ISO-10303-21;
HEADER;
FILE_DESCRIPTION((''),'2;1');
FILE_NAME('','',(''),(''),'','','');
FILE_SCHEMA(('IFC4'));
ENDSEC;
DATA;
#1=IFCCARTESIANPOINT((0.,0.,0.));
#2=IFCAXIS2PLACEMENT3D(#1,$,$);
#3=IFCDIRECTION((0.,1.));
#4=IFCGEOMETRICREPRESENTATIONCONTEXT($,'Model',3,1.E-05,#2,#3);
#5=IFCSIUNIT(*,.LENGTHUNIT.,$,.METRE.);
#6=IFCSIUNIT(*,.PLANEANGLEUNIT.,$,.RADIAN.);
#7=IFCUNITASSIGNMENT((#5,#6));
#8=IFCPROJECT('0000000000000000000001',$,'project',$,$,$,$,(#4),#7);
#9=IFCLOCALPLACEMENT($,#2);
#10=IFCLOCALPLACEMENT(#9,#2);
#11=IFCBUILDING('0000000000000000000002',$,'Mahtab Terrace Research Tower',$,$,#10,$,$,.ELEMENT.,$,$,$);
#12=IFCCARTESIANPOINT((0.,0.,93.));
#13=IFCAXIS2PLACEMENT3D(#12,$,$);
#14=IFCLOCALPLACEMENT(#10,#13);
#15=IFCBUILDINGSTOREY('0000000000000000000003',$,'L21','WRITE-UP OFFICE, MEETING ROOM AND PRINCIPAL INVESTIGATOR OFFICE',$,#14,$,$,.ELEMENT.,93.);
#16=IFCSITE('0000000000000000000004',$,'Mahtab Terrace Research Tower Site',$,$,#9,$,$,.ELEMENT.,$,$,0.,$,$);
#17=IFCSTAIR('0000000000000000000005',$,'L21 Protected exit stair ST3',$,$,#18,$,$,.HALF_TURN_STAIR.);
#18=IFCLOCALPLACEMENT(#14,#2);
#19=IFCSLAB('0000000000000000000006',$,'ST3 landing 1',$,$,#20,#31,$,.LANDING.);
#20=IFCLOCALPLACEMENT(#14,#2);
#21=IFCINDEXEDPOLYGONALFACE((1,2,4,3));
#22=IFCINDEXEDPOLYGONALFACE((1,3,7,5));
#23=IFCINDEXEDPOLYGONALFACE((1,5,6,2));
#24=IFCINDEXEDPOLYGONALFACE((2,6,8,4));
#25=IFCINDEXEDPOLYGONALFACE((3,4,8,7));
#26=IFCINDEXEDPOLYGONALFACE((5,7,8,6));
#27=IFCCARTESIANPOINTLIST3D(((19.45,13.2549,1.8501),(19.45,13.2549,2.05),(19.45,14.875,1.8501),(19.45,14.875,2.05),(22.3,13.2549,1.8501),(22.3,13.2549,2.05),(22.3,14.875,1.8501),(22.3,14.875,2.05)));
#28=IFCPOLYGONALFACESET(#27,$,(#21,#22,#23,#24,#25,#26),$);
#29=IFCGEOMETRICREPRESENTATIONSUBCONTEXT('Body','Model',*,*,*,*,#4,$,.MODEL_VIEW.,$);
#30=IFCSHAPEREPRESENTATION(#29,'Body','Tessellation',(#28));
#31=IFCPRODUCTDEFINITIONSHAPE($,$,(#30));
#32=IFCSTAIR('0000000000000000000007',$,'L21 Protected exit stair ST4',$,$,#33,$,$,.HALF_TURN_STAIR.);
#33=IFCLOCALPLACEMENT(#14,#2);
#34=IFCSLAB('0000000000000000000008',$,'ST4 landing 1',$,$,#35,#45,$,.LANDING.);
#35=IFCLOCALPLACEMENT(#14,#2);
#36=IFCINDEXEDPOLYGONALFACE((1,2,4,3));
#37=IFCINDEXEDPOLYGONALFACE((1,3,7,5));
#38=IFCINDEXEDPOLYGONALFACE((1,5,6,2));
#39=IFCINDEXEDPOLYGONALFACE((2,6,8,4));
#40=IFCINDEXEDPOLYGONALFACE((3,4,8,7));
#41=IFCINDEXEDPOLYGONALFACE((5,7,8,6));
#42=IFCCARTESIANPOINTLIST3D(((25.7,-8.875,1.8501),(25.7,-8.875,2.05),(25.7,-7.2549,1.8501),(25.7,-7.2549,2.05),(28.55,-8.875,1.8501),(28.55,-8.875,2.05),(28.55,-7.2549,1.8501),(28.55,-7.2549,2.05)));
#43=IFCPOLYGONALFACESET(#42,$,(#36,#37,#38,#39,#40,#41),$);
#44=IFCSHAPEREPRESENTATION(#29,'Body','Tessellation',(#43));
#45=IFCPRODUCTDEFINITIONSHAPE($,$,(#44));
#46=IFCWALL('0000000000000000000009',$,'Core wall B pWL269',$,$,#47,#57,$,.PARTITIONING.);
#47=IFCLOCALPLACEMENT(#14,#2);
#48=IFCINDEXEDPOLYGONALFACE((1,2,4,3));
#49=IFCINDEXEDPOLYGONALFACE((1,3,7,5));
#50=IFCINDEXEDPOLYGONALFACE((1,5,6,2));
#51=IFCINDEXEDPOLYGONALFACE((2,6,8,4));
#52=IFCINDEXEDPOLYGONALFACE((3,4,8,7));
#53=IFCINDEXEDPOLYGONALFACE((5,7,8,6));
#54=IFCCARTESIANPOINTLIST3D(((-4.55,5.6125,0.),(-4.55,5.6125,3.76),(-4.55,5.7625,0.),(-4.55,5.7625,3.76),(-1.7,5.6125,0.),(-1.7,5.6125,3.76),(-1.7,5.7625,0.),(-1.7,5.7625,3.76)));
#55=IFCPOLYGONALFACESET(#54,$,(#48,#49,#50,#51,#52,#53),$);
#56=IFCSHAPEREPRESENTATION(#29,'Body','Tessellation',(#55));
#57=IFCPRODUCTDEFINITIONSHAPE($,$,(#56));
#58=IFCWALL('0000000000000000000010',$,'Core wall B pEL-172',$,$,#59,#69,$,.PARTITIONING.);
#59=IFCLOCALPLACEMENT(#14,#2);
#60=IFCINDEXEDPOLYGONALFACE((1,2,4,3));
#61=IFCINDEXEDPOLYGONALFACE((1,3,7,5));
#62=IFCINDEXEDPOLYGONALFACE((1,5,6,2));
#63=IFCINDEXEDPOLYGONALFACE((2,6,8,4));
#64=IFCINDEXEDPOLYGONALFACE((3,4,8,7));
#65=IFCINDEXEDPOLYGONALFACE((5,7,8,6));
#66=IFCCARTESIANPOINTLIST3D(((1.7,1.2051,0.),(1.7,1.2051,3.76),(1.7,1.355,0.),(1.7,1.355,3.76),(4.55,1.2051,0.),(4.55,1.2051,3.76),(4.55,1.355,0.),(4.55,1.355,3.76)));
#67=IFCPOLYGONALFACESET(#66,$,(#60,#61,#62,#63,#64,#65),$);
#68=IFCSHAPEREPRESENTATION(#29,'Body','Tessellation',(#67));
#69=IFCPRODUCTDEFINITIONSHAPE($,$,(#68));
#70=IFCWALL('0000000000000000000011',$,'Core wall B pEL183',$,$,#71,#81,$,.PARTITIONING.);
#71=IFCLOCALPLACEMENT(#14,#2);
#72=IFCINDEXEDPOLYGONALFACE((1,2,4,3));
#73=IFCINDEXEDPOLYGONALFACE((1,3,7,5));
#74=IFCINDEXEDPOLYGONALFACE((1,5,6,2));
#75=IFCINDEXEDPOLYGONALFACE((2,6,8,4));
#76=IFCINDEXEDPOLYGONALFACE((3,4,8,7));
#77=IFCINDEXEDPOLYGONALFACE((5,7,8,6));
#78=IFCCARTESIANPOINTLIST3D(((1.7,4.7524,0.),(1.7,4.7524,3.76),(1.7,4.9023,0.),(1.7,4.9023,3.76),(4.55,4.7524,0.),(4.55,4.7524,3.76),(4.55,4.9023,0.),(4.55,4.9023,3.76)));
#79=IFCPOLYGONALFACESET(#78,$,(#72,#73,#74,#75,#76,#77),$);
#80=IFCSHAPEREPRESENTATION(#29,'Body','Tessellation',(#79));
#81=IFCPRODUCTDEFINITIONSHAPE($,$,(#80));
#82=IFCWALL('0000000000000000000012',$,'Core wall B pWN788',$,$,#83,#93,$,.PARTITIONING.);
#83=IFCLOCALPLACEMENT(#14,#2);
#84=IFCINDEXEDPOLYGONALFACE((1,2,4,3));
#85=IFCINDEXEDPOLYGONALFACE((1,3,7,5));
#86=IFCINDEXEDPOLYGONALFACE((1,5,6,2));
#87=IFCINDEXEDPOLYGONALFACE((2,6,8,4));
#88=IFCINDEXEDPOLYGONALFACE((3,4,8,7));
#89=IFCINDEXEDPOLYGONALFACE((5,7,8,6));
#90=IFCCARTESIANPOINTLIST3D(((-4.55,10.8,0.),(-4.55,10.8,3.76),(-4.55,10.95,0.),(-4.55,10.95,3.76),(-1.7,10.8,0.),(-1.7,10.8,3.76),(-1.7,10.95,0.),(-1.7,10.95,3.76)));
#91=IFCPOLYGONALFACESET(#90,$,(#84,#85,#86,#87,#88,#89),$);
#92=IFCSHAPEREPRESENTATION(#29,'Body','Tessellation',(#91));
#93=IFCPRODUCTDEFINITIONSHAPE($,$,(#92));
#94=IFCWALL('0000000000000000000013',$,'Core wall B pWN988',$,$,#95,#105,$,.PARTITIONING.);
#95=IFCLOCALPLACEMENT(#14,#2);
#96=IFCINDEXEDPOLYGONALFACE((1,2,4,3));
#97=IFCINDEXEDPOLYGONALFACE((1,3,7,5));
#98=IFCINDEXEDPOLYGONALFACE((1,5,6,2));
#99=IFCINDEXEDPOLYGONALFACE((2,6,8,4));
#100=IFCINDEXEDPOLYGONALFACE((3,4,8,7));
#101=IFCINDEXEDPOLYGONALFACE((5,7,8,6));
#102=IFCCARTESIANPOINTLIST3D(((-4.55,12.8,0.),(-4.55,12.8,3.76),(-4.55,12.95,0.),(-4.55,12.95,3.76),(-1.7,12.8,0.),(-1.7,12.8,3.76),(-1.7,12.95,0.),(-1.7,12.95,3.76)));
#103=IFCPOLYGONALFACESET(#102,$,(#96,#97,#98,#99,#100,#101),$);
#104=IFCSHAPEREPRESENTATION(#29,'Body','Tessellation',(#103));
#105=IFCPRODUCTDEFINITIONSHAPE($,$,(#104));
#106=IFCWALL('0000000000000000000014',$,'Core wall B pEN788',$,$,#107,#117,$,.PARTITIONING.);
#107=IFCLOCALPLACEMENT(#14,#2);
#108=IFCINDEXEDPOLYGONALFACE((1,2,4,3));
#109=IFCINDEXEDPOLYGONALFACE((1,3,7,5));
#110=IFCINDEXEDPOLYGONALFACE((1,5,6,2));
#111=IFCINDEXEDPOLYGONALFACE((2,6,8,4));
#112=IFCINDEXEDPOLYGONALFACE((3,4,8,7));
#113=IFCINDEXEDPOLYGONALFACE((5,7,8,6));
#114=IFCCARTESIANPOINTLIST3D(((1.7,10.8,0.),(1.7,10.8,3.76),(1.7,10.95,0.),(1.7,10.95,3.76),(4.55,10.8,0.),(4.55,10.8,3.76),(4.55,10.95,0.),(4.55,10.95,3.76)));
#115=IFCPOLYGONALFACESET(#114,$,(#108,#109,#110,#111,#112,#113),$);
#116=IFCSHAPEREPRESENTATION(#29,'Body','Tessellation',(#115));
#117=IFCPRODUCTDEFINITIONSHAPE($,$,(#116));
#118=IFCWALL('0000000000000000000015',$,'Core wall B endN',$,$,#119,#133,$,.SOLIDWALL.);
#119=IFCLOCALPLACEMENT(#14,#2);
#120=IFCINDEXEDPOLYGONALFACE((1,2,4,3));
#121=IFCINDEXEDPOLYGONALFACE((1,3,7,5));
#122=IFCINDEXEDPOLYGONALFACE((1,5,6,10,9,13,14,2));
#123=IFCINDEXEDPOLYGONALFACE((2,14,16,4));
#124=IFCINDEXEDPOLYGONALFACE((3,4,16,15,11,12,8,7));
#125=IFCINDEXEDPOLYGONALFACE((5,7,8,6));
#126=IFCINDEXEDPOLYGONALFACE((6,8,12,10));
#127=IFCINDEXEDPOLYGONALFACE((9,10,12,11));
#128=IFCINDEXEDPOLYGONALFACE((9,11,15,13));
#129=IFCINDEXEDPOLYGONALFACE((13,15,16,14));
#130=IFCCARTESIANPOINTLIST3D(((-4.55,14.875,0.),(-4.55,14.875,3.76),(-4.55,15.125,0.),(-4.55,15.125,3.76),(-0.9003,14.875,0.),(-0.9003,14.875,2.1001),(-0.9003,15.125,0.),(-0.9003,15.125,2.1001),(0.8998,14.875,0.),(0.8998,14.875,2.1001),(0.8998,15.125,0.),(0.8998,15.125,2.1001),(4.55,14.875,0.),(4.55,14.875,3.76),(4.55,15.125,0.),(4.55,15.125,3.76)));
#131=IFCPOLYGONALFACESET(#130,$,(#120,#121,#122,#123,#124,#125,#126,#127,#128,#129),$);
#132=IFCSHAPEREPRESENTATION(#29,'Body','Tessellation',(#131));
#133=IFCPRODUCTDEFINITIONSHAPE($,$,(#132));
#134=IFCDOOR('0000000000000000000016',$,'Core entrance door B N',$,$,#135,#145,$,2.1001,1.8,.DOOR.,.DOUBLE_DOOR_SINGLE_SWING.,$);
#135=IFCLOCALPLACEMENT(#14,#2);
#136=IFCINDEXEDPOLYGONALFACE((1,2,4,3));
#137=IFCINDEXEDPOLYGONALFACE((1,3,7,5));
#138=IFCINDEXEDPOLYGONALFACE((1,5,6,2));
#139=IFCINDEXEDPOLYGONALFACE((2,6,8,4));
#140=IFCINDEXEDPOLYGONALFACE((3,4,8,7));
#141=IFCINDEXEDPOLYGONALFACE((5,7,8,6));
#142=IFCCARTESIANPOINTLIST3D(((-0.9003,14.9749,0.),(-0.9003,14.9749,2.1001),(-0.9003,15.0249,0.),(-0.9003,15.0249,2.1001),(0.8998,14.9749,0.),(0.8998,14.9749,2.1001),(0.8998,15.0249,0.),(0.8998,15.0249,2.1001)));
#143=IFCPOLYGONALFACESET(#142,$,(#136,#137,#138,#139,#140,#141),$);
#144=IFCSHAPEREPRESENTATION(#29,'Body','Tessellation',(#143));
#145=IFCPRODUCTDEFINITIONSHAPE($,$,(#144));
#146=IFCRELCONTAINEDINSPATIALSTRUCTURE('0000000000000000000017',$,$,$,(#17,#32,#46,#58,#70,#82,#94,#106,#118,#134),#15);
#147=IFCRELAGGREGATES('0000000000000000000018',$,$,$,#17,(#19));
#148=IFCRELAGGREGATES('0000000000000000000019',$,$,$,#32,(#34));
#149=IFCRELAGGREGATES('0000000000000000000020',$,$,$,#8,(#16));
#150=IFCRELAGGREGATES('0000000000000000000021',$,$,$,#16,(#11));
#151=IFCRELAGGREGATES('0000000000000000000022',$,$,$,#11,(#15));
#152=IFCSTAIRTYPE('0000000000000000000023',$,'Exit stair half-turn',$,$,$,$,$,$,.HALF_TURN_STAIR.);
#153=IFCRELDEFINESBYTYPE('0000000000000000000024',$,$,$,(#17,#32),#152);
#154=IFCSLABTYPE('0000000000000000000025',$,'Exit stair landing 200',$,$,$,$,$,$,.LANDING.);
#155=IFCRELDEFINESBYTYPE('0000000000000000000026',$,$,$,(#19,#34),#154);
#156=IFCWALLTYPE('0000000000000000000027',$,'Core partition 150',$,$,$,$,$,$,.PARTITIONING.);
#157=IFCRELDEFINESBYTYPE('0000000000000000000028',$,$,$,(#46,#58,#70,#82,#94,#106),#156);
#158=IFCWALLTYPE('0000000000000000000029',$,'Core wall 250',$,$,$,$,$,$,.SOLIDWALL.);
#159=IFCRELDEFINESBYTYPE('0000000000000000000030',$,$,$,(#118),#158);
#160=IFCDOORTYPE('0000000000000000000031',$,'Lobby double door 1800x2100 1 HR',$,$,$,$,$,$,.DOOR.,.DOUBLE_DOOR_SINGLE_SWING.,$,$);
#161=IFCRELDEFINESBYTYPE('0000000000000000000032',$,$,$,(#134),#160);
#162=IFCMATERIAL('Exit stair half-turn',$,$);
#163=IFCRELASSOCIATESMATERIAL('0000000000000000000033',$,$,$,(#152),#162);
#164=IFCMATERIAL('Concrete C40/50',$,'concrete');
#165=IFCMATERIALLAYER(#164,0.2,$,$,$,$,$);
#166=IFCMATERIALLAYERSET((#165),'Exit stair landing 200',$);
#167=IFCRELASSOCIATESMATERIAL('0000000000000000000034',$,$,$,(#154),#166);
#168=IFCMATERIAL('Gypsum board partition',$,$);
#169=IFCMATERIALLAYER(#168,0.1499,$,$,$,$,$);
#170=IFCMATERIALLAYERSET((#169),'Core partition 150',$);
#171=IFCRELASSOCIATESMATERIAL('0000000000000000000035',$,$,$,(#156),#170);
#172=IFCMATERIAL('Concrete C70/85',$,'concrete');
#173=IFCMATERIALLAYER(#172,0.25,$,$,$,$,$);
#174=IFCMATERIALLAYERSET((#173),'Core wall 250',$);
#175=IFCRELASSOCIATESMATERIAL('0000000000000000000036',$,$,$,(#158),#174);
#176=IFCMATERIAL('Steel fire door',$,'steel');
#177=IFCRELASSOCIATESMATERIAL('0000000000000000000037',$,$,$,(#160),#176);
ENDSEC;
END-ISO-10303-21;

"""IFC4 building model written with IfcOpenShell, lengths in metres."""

from ifc_helpers import new_model, si_unit, direction, frame, frame_2d, origin, place, context, subcontext, project, spatial, polyline, rectangle, outline, extrude, material, layer, layer_set, type_object, element, fill, aggregate, save


model = new_model("IFC4")

# Units and contexts
model_context = context("Model", 3, precision=1e-05, world=origin(), true_north=direction((0.0, 1.0)))
body_context = subcontext(model_context, "Body", "Model", "MODEL_VIEW")
ifc_project = project(units=[si_unit("LENGTHUNIT", "METRE"), si_unit("PLANEANGLEUNIT", "RADIAN")], contexts=[model_context])

# Site, building, storey
site_placement = place(None, origin())
site = spatial("IfcSite", under=ifc_project, at=site_placement, Name="Mahtab Terrace Research Tower Site", CompositionType="ELEMENT", RefElevation=0.0)
building_placement = place(site_placement, origin())
building = spatial("IfcBuilding", under=site, at=building_placement, Name="Mahtab Terrace Research Tower", CompositionType="ELEMENT")
storey_placement = place(building_placement, frame((0.0, 0.0, 93.0)))
storey = spatial("IfcBuildingStorey", under=building, at=storey_placement, Name="L21", Description="WRITE-UP OFFICE, MEETING ROOM AND PRINCIPAL INVESTIGATOR OFFICE", CompositionType="ELEMENT", Elevation=93.0)

# Stairs, slabs
ifc_material_1 = material(Name="Exit stair half-turn")
stair_type = type_object("IfcStairType", Name="Exit stair half-turn", PredefinedType="HALF_TURN_STAIR", material=ifc_material_1)
stair_1_placement = place(storey_placement, origin())
stair_1 = element("IfcStair", 1, at=stair_1_placement, inside=storey, type_object=stair_type, Name="L21 Protected exit stair ST3", PredefinedType="HALF_TURN_STAIR")
ifc_material_2 = material(Name="Concrete C40/50", Category="concrete")
ifc_layer_1 = layer(ifc_material_2, 0.2)
ifc_layer_set_1 = layer_set([ifc_layer_1], Name="Exit stair landing 200")
slab_type = type_object("IfcSlabType", Name="Exit stair landing 200", PredefinedType="LANDING", material=ifc_layer_set_1)
slab_1_placement = place(storey_placement, frame((0.0, 0.0, 1.8501)))
slab_1 = element("IfcSlab", 2, at=slab_1_placement, type_object=slab_type, Name="ST3 landing 1", PredefinedType="LANDING", context=body_context, shape_type="SweptSolid", body=[
    extrude(outline(polyline([(22.3, 13.2549), (22.3, 14.875), (19.45, 14.875), (19.45, 13.2549), (22.3, 13.2549)])), origin(), (0.0, 0.0, 1.0), 0.2),
])
aggregate(stair_1, [slab_1])
stair_2_placement = place(storey_placement, origin())
stair_2 = element("IfcStair", 3, at=stair_2_placement, inside=storey, type_object=stair_type, Name="L21 Protected exit stair ST4", PredefinedType="HALF_TURN_STAIR")
slab_2_placement = place(storey_placement, frame((0.0, 0.0, 1.8501)))
slab_2 = element("IfcSlab", 4, at=slab_2_placement, type_object=slab_type, Name="ST4 landing 1", PredefinedType="LANDING", context=body_context, shape_type="SweptSolid", body=[
    extrude(outline(polyline([(25.7, -7.2549), (25.7, -8.875), (28.55, -8.875), (28.55, -7.2549), (25.7, -7.2549)])), origin(), (0.0, 0.0, 1.0), 0.2),
])
aggregate(stair_2, [slab_2])

# Walls
ifc_material_3 = material(Name="Gypsum board partition")
ifc_layer_2 = layer(ifc_material_3, 0.1499)
ifc_layer_set_2 = layer_set([ifc_layer_2], Name="Core partition 150")
wall_type_1 = type_object("IfcWallType", Name="Core partition 150", PredefinedType="PARTITIONING", material=ifc_layer_set_2)
for number, where, z_axis, x_axis, name in (
    (5, (-4.55, 5.6875, 0.0), (0.0, 0.0, 1.0), (1.0, 0.0, 0.0), "Core wall B pWL269"),
    (6, (1.7, 1.28, 0.0), (0.0, 0.0, 1.0), (1.0, 0.0, 0.0), "Core wall B pEL-172"),
    (7, (1.7, 4.8274, 0.0), (0.0, 0.0, 1.0), (1.0, 0.0, 0.0), "Core wall B pEL183"),
    (8, (-4.55, 10.875, 0.0), (0.0, 0.0, 1.0), (1.0, 0.0, 0.0), "Core wall B pWN788"),
    (9, (-4.55, 12.875, 0.0), (0.0, 0.0, 1.0), (1.0, 0.0, 0.0), "Core wall B pWN988"),
    (10, (1.7, 10.875, 0.0), (0.0, 0.0, 1.0), (1.0, 0.0, 0.0), "Core wall B pEN788"),
):
    element("IfcWall", number, at=place(storey_placement, frame(where, z_axis=z_axis, x_axis=x_axis)), inside=storey, type_object=wall_type_1, Name=name, PredefinedType="PARTITIONING", context=body_context, shape_type="SweptSolid", body=[
        extrude(rectangle(XDim=2.8501, YDim=0.1499, at=frame_2d((1.425, 0.0))), origin(), (0.0, 0.0, 1.0), 3.76),
    ])

# Wall, opening, door
ifc_material_4 = material(Name="Concrete C70/85", Category="concrete")
ifc_layer_3 = layer(ifc_material_4, 0.25)
ifc_layer_set_3 = layer_set([ifc_layer_3], Name="Core wall 250")
wall_type_2 = type_object("IfcWallType", Name="Core wall 250", PredefinedType="SOLIDWALL", material=ifc_layer_set_3)
wall_1_placement = place(storey_placement, frame((-4.55, 15.0, 0.0), z_axis=(0.0, 0.0, 1.0), x_axis=(1.0, 0.0, 0.0)))
wall_1 = element("IfcWall", 11, at=wall_1_placement, inside=storey, type_object=wall_type_2, Name="Core wall B endN", PredefinedType="SOLIDWALL", context=body_context, shape_type="SweptSolid", body=[
    extrude(rectangle(XDim=9.1001, YDim=0.25, at=frame_2d((4.55, 0.0))), origin(), (0.0, 0.0, 1.0), 3.76),
])
opening_1_placement = place(wall_1_placement, frame((3.6499, 0.0, 0.0)))
opening_1 = element("IfcOpeningElement", 12, at=opening_1_placement, cuts=wall_1, PredefinedType="OPENING", context=body_context, shape_type="SweptSolid", body=[
    extrude(rectangle(XDim=1.8, YDim=2.1001, at=frame_2d((0.8999, 1.05))), frame((0.0, 0.135, 0.0), z_axis=(0.0, -1.0, 0.0), x_axis=(1.0, 0.0, 0.0)), (0.0, 0.0, 1.0), 0.27),
])
ifc_material_5 = material(Name="Steel fire door", Category="steel")
door_type_1 = type_object("IfcDoorType", Name="Lobby double door 1800x2100 1 HR", OperationType="DOUBLE_DOOR_SINGLE_SWING", PredefinedType="DOOR", material=ifc_material_5)
door_1_placement = place(opening_1_placement, origin())
door_1 = element("IfcDoor", 13, at=door_1_placement, inside=storey, type_object=door_type_1, Name="Core entrance door B N", OperationType="DOUBLE_DOOR_SINGLE_SWING", OverallHeight=2.1001, OverallWidth=1.8, PredefinedType="DOOR", context=body_context, shape_type="SweptSolid", body=[
    extrude(rectangle(XDim=1.8, YDim=2.1001, at=frame_2d((0.8999, 1.05))), frame((0.0, 0.0249, 0.0), z_axis=(0.0, -1.0, 0.0), x_axis=(1.0, 0.0, 0.0)), (0.0, 0.0, 1.0), 0.05),
])
fill(opening_1, door_1)

save(model, "model.ifc")
